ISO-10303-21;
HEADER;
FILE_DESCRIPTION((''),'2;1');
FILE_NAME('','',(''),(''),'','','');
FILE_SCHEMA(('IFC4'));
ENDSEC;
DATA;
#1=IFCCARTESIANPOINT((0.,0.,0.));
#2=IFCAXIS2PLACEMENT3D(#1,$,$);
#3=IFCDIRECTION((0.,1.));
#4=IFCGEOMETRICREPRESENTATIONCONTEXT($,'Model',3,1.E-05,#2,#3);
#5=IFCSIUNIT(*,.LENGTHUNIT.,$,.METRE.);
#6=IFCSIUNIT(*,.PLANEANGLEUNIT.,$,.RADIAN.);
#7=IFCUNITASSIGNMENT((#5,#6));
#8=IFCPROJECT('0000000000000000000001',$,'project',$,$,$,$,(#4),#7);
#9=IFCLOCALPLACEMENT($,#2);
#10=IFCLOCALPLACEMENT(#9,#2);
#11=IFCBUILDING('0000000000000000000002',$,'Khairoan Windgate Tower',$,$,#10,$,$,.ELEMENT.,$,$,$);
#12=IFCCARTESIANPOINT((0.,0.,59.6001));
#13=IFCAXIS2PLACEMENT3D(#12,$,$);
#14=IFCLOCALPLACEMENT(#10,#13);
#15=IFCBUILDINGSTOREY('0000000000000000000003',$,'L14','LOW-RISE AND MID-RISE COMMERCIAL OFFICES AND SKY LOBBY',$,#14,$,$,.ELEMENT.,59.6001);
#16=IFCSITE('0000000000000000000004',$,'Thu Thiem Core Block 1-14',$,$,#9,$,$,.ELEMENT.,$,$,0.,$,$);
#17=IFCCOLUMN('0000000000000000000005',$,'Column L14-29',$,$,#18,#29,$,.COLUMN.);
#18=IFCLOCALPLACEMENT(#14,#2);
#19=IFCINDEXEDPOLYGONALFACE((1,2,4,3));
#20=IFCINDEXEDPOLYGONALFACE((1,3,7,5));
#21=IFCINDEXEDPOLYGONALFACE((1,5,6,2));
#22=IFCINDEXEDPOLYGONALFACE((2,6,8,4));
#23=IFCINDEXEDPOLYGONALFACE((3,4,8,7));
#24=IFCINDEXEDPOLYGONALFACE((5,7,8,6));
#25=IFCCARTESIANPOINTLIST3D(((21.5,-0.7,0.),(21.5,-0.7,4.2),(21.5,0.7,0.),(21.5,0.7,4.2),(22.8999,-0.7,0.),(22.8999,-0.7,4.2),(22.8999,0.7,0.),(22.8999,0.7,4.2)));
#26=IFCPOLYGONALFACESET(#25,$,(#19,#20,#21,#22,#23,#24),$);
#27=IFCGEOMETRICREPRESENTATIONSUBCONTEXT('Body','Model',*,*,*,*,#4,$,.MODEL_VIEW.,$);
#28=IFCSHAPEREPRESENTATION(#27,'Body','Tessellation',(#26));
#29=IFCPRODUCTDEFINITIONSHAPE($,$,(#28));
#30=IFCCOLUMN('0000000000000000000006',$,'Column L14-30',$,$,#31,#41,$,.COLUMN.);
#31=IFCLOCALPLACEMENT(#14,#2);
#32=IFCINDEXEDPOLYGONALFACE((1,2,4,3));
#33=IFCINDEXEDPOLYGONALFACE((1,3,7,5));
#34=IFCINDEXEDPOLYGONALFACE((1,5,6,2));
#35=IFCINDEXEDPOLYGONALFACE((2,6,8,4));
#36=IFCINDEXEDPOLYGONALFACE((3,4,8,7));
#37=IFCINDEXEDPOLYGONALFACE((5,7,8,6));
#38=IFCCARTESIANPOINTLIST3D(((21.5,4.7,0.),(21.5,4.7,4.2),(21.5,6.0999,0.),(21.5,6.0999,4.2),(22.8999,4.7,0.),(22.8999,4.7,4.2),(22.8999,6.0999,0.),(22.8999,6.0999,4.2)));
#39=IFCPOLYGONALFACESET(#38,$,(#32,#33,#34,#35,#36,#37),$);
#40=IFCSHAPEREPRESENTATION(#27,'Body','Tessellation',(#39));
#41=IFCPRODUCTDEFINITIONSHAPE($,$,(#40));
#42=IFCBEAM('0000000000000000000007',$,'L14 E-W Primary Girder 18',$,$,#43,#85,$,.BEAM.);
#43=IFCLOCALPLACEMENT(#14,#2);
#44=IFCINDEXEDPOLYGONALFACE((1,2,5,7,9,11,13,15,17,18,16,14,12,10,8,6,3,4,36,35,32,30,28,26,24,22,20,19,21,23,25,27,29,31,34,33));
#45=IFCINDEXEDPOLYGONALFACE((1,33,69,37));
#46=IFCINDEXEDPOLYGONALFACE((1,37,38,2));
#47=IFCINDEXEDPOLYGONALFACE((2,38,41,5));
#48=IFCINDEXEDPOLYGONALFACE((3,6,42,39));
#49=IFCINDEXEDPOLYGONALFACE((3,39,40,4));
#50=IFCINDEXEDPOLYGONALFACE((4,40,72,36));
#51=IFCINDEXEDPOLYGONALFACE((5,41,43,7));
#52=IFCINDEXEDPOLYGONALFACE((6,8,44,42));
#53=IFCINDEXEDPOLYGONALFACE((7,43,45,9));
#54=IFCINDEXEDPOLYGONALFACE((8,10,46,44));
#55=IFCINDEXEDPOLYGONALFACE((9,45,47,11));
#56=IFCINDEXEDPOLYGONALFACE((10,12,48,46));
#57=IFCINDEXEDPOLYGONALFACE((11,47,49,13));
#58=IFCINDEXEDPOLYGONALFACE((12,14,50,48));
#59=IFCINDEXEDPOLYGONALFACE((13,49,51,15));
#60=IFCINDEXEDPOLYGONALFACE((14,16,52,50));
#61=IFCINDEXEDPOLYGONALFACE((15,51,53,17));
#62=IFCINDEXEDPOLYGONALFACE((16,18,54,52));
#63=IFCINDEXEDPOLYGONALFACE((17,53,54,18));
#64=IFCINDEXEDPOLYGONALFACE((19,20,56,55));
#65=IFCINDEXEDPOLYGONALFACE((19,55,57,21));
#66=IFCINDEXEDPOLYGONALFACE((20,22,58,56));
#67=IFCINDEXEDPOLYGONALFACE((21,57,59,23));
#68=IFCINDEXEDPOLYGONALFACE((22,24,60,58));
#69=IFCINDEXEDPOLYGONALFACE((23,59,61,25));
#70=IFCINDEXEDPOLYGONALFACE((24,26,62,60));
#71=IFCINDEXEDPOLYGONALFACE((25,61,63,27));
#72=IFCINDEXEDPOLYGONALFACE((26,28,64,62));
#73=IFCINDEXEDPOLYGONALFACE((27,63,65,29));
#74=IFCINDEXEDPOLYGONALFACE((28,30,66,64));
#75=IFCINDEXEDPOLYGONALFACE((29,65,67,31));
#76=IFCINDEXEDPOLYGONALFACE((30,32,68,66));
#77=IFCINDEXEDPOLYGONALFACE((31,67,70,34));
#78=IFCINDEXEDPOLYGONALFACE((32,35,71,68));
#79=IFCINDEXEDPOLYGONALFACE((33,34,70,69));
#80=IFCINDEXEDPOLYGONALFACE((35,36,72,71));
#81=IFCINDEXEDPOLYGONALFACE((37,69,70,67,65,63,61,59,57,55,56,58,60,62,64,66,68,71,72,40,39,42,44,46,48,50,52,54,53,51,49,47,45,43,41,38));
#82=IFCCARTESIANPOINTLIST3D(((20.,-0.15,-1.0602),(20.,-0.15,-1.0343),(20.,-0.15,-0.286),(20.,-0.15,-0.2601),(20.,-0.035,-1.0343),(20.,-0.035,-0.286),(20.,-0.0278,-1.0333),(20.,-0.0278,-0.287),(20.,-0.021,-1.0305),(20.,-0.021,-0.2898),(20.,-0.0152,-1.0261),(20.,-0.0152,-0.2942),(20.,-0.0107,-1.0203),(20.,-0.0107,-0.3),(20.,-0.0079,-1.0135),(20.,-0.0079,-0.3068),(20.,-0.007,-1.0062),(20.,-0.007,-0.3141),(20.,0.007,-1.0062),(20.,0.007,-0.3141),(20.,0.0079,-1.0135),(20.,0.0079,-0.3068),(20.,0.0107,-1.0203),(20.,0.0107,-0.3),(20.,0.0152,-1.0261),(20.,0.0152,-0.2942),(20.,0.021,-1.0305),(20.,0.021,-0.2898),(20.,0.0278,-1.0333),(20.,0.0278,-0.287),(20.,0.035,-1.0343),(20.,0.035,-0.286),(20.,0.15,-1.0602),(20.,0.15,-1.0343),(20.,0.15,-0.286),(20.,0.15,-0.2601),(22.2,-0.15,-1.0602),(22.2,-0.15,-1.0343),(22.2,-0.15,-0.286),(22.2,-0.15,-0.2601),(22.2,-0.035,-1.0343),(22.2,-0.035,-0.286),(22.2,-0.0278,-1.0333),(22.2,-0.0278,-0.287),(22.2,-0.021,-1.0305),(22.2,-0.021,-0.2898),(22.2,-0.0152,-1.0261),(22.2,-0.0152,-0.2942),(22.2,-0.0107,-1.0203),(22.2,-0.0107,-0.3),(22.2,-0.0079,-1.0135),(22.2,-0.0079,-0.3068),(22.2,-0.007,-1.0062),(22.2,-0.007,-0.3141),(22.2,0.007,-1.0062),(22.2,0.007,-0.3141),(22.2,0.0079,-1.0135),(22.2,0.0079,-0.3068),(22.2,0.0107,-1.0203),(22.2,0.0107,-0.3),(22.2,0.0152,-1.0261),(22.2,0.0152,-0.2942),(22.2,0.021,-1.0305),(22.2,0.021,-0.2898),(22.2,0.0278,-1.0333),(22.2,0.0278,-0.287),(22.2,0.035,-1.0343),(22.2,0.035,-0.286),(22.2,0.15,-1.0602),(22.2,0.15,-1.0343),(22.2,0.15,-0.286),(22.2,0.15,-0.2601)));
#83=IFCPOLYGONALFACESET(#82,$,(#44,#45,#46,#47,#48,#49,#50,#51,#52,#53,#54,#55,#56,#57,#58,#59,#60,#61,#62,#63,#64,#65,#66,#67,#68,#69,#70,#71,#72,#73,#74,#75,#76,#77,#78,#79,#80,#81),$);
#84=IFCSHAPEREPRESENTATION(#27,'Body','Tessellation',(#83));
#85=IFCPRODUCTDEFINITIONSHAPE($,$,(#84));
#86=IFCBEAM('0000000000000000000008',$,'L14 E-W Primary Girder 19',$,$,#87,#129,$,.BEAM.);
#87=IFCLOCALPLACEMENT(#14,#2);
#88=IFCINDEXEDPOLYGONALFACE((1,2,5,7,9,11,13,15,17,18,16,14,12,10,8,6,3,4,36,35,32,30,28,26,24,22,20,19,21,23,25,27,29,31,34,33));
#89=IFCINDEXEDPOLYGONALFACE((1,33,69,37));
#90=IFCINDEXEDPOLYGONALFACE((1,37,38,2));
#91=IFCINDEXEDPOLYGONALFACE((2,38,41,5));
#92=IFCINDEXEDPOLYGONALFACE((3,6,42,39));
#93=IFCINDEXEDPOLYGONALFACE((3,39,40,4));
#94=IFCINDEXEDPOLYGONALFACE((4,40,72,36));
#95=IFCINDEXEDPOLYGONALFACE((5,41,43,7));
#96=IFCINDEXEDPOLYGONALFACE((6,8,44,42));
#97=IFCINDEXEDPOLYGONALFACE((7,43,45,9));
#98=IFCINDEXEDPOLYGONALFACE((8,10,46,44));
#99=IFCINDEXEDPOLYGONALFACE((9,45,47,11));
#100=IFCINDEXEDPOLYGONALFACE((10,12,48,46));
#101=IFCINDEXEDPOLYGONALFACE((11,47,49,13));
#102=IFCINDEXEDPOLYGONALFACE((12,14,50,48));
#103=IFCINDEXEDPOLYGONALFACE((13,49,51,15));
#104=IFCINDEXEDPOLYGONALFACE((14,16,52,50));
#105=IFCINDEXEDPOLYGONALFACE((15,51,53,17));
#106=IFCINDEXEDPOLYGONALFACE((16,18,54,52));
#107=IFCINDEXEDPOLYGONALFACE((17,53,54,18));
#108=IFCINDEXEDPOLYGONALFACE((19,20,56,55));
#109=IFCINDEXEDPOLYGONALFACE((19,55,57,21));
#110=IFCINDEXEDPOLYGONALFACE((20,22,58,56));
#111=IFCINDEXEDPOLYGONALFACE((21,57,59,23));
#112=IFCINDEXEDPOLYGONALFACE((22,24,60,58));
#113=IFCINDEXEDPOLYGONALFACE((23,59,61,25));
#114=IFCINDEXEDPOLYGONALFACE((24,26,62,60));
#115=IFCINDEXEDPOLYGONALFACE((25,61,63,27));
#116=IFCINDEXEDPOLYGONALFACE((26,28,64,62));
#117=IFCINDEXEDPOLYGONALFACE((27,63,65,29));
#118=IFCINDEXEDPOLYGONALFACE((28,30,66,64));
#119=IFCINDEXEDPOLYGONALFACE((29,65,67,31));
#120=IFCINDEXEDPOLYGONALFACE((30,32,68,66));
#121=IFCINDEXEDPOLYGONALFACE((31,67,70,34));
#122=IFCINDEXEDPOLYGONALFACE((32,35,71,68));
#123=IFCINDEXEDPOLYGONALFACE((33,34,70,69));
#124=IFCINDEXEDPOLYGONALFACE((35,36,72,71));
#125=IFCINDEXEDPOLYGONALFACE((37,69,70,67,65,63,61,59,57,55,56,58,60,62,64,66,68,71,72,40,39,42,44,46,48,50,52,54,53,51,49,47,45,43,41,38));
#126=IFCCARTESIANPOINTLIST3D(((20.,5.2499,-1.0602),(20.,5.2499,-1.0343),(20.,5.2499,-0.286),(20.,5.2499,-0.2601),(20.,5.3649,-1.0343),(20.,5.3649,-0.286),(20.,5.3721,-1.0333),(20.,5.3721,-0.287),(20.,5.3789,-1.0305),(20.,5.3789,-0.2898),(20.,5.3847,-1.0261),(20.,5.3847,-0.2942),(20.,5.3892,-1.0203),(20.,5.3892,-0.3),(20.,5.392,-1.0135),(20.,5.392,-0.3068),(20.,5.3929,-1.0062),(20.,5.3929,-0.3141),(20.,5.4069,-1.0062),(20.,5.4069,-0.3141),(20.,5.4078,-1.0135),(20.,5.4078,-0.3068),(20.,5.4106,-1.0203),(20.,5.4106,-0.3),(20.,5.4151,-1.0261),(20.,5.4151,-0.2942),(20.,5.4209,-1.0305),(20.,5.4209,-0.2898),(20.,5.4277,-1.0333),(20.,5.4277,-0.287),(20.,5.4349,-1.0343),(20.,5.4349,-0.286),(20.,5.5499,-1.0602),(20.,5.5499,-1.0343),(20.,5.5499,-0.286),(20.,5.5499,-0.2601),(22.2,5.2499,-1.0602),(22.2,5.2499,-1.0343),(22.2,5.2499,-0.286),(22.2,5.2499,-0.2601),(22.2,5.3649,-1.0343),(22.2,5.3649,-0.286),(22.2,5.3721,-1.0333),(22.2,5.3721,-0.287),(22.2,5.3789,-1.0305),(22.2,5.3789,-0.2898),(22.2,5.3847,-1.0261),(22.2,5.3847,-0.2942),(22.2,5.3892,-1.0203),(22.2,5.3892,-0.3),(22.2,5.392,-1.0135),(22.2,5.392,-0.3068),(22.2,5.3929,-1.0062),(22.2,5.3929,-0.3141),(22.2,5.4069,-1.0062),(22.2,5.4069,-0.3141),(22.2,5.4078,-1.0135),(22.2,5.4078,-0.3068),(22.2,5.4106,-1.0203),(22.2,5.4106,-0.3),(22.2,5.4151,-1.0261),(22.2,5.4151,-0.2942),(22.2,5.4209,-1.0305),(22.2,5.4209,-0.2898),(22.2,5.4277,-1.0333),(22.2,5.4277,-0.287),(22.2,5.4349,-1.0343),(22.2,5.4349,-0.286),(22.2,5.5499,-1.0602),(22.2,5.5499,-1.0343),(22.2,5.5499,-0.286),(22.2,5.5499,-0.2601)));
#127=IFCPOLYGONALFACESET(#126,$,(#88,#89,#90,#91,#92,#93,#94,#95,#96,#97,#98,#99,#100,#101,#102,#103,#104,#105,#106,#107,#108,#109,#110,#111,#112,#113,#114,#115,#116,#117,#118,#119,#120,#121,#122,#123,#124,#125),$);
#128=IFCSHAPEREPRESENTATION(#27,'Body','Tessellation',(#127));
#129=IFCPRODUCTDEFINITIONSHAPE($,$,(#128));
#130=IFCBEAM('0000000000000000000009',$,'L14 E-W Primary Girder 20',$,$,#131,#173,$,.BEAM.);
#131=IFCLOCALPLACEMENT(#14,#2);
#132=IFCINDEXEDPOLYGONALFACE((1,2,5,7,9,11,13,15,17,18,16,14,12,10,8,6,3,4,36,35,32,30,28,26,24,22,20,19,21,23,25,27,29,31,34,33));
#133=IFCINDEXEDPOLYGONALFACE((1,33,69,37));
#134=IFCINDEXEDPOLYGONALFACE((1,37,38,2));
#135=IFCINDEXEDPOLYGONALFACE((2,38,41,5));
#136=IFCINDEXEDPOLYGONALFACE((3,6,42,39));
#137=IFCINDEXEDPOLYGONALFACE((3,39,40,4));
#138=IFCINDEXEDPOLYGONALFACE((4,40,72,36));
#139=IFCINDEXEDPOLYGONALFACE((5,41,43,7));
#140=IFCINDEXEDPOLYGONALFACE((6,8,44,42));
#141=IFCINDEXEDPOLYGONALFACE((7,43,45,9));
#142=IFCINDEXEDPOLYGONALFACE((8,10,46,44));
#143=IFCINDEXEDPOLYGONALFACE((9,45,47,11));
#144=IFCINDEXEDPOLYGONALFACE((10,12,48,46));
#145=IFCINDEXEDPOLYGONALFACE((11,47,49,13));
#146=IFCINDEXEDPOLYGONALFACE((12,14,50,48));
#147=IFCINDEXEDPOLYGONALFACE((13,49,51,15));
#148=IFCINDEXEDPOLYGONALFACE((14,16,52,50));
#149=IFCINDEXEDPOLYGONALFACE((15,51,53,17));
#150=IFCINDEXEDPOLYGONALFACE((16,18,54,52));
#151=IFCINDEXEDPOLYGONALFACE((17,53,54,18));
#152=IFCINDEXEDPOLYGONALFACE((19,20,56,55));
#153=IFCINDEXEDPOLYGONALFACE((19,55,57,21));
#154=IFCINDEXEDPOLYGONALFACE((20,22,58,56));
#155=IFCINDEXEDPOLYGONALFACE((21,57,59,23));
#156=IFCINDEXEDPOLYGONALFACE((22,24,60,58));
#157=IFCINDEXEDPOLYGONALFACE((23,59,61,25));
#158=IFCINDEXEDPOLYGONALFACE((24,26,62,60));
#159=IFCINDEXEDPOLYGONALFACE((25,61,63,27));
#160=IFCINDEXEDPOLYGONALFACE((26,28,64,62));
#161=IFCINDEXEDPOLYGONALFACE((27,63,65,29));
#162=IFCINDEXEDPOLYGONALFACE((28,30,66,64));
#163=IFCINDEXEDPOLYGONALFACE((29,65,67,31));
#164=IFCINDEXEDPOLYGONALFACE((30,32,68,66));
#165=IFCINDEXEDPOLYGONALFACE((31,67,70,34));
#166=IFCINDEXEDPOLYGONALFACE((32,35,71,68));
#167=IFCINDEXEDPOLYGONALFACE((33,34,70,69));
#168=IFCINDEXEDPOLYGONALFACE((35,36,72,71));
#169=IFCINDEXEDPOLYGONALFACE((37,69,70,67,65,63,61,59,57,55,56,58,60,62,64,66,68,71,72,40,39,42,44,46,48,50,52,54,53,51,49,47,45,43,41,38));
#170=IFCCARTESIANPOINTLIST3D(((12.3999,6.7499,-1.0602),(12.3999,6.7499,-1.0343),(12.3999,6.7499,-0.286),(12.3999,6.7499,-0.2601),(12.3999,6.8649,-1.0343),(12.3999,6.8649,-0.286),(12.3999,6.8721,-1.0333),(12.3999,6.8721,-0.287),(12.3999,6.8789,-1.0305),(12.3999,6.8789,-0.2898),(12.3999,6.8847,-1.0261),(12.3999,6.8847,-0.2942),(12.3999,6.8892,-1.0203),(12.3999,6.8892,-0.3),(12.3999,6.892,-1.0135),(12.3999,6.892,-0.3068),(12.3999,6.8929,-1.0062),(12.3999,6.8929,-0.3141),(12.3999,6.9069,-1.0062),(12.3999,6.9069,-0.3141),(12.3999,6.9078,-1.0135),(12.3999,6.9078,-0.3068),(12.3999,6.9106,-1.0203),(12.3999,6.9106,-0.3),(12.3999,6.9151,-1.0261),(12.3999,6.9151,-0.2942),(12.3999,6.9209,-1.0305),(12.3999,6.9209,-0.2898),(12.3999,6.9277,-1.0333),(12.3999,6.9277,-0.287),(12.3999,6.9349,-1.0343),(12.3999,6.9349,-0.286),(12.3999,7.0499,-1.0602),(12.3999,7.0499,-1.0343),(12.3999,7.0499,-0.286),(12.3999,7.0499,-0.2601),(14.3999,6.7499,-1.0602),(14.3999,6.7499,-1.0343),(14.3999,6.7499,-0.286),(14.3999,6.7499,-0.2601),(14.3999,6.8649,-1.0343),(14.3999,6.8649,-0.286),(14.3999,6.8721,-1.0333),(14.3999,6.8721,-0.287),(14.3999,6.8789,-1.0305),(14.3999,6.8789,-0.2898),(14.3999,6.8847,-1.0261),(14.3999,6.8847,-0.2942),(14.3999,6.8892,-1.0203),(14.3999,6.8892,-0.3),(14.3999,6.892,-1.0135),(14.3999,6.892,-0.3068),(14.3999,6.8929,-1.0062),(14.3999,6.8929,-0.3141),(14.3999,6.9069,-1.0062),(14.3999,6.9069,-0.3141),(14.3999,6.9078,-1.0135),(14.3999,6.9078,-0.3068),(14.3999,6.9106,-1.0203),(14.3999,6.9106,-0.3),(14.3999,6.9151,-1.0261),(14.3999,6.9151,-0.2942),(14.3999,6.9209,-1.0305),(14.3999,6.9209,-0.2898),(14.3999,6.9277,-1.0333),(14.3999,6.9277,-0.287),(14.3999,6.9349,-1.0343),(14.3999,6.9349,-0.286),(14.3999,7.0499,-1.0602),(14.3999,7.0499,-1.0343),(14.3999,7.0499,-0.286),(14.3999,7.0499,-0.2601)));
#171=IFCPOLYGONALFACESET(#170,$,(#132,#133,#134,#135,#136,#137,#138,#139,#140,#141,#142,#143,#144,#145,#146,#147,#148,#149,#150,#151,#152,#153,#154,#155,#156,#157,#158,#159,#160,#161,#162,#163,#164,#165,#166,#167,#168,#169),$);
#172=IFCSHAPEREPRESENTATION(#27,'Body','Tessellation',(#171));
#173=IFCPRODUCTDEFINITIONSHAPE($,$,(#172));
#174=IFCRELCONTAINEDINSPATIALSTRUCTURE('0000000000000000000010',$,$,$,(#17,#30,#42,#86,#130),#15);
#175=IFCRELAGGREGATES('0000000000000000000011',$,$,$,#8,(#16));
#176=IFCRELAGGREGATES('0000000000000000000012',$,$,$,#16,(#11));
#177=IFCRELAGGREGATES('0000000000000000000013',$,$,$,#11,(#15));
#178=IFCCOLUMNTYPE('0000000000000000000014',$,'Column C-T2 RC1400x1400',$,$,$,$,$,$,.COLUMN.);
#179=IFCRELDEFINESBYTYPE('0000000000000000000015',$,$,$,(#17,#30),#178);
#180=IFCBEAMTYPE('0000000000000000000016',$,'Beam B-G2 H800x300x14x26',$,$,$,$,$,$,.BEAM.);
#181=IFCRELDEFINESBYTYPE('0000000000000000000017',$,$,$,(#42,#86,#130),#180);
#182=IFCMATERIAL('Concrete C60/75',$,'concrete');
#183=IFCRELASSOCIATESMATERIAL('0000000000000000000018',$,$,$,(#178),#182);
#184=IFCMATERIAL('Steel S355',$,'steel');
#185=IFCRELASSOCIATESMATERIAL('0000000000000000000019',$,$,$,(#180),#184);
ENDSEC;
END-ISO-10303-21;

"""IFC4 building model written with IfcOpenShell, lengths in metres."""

from ifc_helpers import new_model, si_unit, direction, frame, origin, origin_2d, place, context, subcontext, project, spatial, rectangle, i_section, extrude, material, material_profile, profile_set, type_object, element, save


model = new_model("IFC4")

# Units and contexts
model_context = context("Model", 3, precision=1e-05, world=origin(), true_north=direction((0.0, 1.0)))
body_context = subcontext(model_context, "Body", "Model", "MODEL_VIEW")
ifc_project = project(units=[si_unit("LENGTHUNIT", "METRE"), si_unit("PLANEANGLEUNIT", "RADIAN")], contexts=[model_context])

# Site, building, storey
site_placement = place(None, origin())
site = spatial("IfcSite", under=ifc_project, at=site_placement, Name="Thu Thiem Core Block 1-14", CompositionType="ELEMENT", RefElevation=0.0)
building_placement = place(site_placement, origin())
building = spatial("IfcBuilding", under=site, at=building_placement, Name="Khairoan Windgate Tower", CompositionType="ELEMENT")
storey_placement = place(building_placement, frame((0.0, 0.0, 59.6001)))
storey = spatial("IfcBuildingStorey", under=building, at=storey_placement, Name="L14", Description="LOW-RISE AND MID-RISE COMMERCIAL OFFICES AND SKY LOBBY", CompositionType="ELEMENT", Elevation=59.6001)

# Columns
ifc_material_1 = material(Name="Concrete C60/75", Category="concrete")
ifc_material_profile_1 = material_profile(ifc_material_1, rectangle(XDim=1.3999, YDim=1.3999, at=origin_2d()))
ifc_profile_set_1 = profile_set([ifc_material_profile_1], Name="Concrete C60/75")
column_type = type_object("IfcColumnType", Name="Column C-T2 RC1400x1400", PredefinedType="COLUMN", material=ifc_profile_set_1)
for number, where, z_axis, x_axis, name in (
    (1, (22.2, 0.0, 0.0), (0.0, 0.0, 1.0), (1.0, 0.0, 0.0), "Column L14-29"),
    (2, (22.2, 5.3999, 0.0), (0.0, 0.0, 1.0), (1.0, 0.0, 0.0), "Column L14-30"),
):
    element("IfcColumn", number, at=place(storey_placement, frame(where, z_axis=z_axis, x_axis=x_axis)), inside=storey, type_object=column_type, Name=name, PredefinedType="COLUMN", context=body_context, shape_type="SweptSolid", body=[
        extrude(rectangle(XDim=1.3999, YDim=1.3999, at=origin_2d()), origin(), (0.0, 0.0, 1.0), 4.2),
    ])

# Beams
ifc_material_2 = material(Name="Steel S355", Category="steel")
ifc_material_profile_2 = material_profile(ifc_material_2, i_section(OverallWidth=0.3, OverallDepth=0.8, WebThickness=0.0139, FlangeThickness=0.0259, FilletRadius=0.0281, at=origin_2d()))
ifc_profile_set_2 = profile_set([ifc_material_profile_2], Name="Steel S355")
beam_type_1 = type_object("IfcBeamType", Name="Beam B-G2 H800x300x14x26", PredefinedType="BEAM", material=ifc_profile_set_2)
for number, where, z_axis, x_axis, name in (
    (3, (20.0, 0.0, -0.6602), (1.0, 0.0, 0.0), (0.0, 1.0, 0.0), "L14 E-W Primary Girder 18"),
    (4, (20.0, 5.3999, -0.6602), (1.0, 0.0, 0.0), (0.0, 1.0, 0.0), "L14 E-W Primary Girder 19"),
):
    element("IfcBeam", number, at=place(storey_placement, frame(where, z_axis=z_axis, x_axis=x_axis)), inside=storey, type_object=beam_type_1, Name=name, PredefinedType="BEAM", context=body_context, shape_type="SweptSolid", body=[
        extrude(i_section(OverallWidth=0.3, OverallDepth=0.8, WebThickness=0.0139, FlangeThickness=0.0259, FilletRadius=0.0281, at=origin_2d()), origin(), (0.0, 0.0, 1.0), 2.2),
    ])
beam_1_placement = place(storey_placement, frame((12.3999, 6.8999, -0.6602), z_axis=(1.0, 0.0, 0.0), x_axis=(0.0, 1.0, 0.0)))
element("IfcBeam", 5, at=beam_1_placement, inside=storey, type_object=beam_type_1, Name="L14 E-W Primary Girder 20", PredefinedType="BEAM", context=body_context, shape_type="SweptSolid", body=[
    extrude(i_section(OverallWidth=0.3, OverallDepth=0.8, WebThickness=0.0139, FlangeThickness=0.0259, FilletRadius=0.0281, at=origin_2d()), origin(), (0.0, 0.0, 1.0), 2.0),
])

save(model, "model.ifc")
